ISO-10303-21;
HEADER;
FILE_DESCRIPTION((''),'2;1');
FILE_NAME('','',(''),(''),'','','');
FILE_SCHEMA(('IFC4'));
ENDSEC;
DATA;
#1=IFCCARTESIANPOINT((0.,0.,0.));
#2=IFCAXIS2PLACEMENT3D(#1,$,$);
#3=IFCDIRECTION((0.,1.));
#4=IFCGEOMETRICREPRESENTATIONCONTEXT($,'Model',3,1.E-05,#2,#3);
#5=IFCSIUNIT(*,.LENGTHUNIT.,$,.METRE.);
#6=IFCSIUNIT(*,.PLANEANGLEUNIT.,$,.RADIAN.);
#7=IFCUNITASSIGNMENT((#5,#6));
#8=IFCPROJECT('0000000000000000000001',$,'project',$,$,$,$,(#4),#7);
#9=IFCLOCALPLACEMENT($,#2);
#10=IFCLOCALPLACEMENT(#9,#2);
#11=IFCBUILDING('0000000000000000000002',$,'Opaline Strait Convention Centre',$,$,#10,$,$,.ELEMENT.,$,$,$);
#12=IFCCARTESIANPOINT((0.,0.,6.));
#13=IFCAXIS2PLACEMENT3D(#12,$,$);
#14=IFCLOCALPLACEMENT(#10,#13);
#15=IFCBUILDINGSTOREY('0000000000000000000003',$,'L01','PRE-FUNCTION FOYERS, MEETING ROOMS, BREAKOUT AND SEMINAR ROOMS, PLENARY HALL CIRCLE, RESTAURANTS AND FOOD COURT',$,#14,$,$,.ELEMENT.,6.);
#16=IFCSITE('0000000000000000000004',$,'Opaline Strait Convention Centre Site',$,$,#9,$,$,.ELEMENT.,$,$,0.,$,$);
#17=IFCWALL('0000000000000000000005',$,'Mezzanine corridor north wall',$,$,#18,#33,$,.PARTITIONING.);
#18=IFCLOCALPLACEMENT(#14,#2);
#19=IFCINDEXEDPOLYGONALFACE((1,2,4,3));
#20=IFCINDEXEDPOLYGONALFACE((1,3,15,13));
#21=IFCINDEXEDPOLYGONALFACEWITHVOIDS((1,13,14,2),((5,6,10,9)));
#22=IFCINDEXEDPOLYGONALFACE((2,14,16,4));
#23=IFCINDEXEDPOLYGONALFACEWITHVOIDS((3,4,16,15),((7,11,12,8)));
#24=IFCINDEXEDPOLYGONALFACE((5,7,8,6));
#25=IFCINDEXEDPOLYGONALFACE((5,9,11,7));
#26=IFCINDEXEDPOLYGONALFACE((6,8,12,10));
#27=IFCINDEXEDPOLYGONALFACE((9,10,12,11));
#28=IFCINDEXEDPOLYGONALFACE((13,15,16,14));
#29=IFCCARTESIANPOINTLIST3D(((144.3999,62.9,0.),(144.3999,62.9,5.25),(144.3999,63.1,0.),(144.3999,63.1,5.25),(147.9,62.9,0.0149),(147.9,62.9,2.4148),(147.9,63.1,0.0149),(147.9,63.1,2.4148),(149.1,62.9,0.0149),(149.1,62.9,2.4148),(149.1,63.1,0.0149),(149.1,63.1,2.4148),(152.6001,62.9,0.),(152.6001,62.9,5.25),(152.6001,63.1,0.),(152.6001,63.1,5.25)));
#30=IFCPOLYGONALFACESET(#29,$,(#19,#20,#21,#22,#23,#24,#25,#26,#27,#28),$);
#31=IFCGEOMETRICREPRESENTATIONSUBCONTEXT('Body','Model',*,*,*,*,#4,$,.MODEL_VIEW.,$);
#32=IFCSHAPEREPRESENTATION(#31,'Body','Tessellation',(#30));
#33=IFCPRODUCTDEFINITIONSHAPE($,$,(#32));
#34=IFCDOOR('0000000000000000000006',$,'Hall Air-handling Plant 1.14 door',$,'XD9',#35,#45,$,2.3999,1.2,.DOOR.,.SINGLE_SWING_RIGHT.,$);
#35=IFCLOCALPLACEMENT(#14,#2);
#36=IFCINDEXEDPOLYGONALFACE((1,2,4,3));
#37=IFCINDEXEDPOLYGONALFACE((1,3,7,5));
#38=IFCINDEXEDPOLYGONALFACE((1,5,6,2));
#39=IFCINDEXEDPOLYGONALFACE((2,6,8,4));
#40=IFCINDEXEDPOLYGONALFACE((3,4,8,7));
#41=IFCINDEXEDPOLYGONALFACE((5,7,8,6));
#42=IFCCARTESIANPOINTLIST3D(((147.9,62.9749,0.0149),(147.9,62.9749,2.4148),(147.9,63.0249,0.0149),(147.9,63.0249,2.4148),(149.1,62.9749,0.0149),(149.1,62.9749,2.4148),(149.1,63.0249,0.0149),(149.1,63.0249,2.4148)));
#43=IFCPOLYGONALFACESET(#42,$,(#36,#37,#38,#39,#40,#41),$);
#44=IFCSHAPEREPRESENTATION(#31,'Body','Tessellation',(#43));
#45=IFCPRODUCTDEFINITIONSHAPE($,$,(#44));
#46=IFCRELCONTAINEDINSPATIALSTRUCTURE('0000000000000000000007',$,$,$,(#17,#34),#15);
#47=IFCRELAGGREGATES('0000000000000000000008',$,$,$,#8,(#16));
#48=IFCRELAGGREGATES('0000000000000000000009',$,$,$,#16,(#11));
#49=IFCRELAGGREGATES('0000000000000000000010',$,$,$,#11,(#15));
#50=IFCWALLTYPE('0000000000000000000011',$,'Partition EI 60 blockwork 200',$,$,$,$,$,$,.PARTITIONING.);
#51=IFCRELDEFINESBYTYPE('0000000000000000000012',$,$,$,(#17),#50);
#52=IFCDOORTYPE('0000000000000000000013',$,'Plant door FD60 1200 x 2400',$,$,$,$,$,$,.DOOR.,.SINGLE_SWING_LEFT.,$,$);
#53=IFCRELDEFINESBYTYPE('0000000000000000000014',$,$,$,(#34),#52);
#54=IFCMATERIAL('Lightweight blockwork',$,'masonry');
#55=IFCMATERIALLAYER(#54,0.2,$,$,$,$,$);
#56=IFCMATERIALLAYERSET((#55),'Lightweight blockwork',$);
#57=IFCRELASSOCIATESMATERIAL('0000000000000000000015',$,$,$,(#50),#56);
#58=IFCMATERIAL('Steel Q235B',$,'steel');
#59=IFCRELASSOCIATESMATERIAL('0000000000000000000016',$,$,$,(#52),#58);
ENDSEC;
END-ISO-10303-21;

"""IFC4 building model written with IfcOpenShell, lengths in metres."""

from ifc_helpers import new_model, si_unit, direction, frame, frame_2d, origin, place, context, subcontext, project, spatial, rectangle, extrude, material, layer, layer_set, type_object, element, fill, save


model = new_model("IFC4")

# Units and contexts
model_context = context("Model", 3, precision=1e-05, world=origin(), true_north=direction((0.0, 1.0)))
body_context = subcontext(model_context, "Body", "Model", "MODEL_VIEW")
ifc_project = project(units=[si_unit("LENGTHUNIT", "METRE"), si_unit("PLANEANGLEUNIT", "RADIAN")], contexts=[model_context])

# Site, building, storey
site_placement = place(None, origin())
site = spatial("IfcSite", under=ifc_project, at=site_placement, Name="Opaline Strait Convention Centre Site", CompositionType="ELEMENT", RefElevation=0.0)
building_placement = place(site_placement, origin())
building = spatial("IfcBuilding", under=site, at=building_placement, Name="Opaline Strait Convention Centre", CompositionType="ELEMENT")
storey_placement = place(building_placement, frame((0.0, 0.0, 6.0)))
storey = spatial("IfcBuildingStorey", under=building, at=storey_placement, Name="L01", Description="PRE-FUNCTION FOYERS, MEETING ROOMS, BREAKOUT AND SEMINAR ROOMS, PLENARY HALL CIRCLE, RESTAURANTS AND FOOD COURT", CompositionType="ELEMENT", Elevation=6.0)

# Shared definitions
ifc_material_1 = material(Name="Lightweight blockwork", Category="masonry")

# Wall, opening, door
ifc_layer_1 = layer(ifc_material_1, 0.2)
ifc_layer_set_1 = layer_set([ifc_layer_1], Name="Lightweight blockwork")
wall_type_1 = type_object("IfcWallType", Name="Partition EI 60 blockwork 200", PredefinedType="PARTITIONING", material=ifc_layer_set_1)
wall_1_placement = place(storey_placement, frame((144.3999, 63.0, 0.0), z_axis=(0.0, 0.0, 1.0), x_axis=(1.0, 0.0, 0.0)))
wall_1 = element("IfcWall", 1, at=wall_1_placement, inside=storey, type_object=wall_type_1, Name="Mezzanine corridor north wall", PredefinedType="PARTITIONING", context=body_context, shape_type="SweptSolid", body=[
    extrude(rectangle(XDim=8.2002, YDim=0.2, at=frame_2d((4.1001, 0.0))), origin(), (0.0, 0.0, 1.0), 5.25),
])
opening_1_placement = place(wall_1_placement, frame((3.5, 0.0, 0.0149)))
opening_1 = element("IfcOpeningElement", 2, at=opening_1_placement, cuts=wall_1, PredefinedType="OPENING", context=body_context, shape_type="SweptSolid", body=[
    extrude(rectangle(XDim=1.2, YDim=2.3999, at=frame_2d((0.6001, 1.2))), frame((0.0, 0.1099, 0.0), z_axis=(0.0, -1.0, 0.0), x_axis=(1.0, 0.0, 0.0)), (0.0, 0.0, 1.0), 0.22),
])
ifc_material_2 = material(Name="Steel Q235B", Category="steel")
door_type_1 = type_object("IfcDoorType", Name="Plant door FD60 1200 x 2400", OperationType="SINGLE_SWING_LEFT", PredefinedType="DOOR", material=ifc_material_2)
door_1_placement = place(opening_1_placement, origin())
door_1 = element("IfcDoor", 3, at=door_1_placement, inside=storey, type_object=door_type_1, Name="Hall Air-handling Plant 1.14 door", ObjectType="XD9", OperationType="SINGLE_SWING_RIGHT", OverallHeight=2.3999, OverallWidth=1.2, PredefinedType="DOOR", context=body_context, shape_type="SweptSolid", body=[
    extrude(rectangle(XDim=1.2, YDim=2.3999, at=frame_2d((0.6001, 1.2))), frame((0.0, 0.0249, 0.0), z_axis=(0.0, -1.0, 0.0), x_axis=(1.0, 0.0, 0.0)), (0.0, 0.0, 1.0), 0.05),
])
fill(opening_1, door_1)

save(model, "model.ifc")
